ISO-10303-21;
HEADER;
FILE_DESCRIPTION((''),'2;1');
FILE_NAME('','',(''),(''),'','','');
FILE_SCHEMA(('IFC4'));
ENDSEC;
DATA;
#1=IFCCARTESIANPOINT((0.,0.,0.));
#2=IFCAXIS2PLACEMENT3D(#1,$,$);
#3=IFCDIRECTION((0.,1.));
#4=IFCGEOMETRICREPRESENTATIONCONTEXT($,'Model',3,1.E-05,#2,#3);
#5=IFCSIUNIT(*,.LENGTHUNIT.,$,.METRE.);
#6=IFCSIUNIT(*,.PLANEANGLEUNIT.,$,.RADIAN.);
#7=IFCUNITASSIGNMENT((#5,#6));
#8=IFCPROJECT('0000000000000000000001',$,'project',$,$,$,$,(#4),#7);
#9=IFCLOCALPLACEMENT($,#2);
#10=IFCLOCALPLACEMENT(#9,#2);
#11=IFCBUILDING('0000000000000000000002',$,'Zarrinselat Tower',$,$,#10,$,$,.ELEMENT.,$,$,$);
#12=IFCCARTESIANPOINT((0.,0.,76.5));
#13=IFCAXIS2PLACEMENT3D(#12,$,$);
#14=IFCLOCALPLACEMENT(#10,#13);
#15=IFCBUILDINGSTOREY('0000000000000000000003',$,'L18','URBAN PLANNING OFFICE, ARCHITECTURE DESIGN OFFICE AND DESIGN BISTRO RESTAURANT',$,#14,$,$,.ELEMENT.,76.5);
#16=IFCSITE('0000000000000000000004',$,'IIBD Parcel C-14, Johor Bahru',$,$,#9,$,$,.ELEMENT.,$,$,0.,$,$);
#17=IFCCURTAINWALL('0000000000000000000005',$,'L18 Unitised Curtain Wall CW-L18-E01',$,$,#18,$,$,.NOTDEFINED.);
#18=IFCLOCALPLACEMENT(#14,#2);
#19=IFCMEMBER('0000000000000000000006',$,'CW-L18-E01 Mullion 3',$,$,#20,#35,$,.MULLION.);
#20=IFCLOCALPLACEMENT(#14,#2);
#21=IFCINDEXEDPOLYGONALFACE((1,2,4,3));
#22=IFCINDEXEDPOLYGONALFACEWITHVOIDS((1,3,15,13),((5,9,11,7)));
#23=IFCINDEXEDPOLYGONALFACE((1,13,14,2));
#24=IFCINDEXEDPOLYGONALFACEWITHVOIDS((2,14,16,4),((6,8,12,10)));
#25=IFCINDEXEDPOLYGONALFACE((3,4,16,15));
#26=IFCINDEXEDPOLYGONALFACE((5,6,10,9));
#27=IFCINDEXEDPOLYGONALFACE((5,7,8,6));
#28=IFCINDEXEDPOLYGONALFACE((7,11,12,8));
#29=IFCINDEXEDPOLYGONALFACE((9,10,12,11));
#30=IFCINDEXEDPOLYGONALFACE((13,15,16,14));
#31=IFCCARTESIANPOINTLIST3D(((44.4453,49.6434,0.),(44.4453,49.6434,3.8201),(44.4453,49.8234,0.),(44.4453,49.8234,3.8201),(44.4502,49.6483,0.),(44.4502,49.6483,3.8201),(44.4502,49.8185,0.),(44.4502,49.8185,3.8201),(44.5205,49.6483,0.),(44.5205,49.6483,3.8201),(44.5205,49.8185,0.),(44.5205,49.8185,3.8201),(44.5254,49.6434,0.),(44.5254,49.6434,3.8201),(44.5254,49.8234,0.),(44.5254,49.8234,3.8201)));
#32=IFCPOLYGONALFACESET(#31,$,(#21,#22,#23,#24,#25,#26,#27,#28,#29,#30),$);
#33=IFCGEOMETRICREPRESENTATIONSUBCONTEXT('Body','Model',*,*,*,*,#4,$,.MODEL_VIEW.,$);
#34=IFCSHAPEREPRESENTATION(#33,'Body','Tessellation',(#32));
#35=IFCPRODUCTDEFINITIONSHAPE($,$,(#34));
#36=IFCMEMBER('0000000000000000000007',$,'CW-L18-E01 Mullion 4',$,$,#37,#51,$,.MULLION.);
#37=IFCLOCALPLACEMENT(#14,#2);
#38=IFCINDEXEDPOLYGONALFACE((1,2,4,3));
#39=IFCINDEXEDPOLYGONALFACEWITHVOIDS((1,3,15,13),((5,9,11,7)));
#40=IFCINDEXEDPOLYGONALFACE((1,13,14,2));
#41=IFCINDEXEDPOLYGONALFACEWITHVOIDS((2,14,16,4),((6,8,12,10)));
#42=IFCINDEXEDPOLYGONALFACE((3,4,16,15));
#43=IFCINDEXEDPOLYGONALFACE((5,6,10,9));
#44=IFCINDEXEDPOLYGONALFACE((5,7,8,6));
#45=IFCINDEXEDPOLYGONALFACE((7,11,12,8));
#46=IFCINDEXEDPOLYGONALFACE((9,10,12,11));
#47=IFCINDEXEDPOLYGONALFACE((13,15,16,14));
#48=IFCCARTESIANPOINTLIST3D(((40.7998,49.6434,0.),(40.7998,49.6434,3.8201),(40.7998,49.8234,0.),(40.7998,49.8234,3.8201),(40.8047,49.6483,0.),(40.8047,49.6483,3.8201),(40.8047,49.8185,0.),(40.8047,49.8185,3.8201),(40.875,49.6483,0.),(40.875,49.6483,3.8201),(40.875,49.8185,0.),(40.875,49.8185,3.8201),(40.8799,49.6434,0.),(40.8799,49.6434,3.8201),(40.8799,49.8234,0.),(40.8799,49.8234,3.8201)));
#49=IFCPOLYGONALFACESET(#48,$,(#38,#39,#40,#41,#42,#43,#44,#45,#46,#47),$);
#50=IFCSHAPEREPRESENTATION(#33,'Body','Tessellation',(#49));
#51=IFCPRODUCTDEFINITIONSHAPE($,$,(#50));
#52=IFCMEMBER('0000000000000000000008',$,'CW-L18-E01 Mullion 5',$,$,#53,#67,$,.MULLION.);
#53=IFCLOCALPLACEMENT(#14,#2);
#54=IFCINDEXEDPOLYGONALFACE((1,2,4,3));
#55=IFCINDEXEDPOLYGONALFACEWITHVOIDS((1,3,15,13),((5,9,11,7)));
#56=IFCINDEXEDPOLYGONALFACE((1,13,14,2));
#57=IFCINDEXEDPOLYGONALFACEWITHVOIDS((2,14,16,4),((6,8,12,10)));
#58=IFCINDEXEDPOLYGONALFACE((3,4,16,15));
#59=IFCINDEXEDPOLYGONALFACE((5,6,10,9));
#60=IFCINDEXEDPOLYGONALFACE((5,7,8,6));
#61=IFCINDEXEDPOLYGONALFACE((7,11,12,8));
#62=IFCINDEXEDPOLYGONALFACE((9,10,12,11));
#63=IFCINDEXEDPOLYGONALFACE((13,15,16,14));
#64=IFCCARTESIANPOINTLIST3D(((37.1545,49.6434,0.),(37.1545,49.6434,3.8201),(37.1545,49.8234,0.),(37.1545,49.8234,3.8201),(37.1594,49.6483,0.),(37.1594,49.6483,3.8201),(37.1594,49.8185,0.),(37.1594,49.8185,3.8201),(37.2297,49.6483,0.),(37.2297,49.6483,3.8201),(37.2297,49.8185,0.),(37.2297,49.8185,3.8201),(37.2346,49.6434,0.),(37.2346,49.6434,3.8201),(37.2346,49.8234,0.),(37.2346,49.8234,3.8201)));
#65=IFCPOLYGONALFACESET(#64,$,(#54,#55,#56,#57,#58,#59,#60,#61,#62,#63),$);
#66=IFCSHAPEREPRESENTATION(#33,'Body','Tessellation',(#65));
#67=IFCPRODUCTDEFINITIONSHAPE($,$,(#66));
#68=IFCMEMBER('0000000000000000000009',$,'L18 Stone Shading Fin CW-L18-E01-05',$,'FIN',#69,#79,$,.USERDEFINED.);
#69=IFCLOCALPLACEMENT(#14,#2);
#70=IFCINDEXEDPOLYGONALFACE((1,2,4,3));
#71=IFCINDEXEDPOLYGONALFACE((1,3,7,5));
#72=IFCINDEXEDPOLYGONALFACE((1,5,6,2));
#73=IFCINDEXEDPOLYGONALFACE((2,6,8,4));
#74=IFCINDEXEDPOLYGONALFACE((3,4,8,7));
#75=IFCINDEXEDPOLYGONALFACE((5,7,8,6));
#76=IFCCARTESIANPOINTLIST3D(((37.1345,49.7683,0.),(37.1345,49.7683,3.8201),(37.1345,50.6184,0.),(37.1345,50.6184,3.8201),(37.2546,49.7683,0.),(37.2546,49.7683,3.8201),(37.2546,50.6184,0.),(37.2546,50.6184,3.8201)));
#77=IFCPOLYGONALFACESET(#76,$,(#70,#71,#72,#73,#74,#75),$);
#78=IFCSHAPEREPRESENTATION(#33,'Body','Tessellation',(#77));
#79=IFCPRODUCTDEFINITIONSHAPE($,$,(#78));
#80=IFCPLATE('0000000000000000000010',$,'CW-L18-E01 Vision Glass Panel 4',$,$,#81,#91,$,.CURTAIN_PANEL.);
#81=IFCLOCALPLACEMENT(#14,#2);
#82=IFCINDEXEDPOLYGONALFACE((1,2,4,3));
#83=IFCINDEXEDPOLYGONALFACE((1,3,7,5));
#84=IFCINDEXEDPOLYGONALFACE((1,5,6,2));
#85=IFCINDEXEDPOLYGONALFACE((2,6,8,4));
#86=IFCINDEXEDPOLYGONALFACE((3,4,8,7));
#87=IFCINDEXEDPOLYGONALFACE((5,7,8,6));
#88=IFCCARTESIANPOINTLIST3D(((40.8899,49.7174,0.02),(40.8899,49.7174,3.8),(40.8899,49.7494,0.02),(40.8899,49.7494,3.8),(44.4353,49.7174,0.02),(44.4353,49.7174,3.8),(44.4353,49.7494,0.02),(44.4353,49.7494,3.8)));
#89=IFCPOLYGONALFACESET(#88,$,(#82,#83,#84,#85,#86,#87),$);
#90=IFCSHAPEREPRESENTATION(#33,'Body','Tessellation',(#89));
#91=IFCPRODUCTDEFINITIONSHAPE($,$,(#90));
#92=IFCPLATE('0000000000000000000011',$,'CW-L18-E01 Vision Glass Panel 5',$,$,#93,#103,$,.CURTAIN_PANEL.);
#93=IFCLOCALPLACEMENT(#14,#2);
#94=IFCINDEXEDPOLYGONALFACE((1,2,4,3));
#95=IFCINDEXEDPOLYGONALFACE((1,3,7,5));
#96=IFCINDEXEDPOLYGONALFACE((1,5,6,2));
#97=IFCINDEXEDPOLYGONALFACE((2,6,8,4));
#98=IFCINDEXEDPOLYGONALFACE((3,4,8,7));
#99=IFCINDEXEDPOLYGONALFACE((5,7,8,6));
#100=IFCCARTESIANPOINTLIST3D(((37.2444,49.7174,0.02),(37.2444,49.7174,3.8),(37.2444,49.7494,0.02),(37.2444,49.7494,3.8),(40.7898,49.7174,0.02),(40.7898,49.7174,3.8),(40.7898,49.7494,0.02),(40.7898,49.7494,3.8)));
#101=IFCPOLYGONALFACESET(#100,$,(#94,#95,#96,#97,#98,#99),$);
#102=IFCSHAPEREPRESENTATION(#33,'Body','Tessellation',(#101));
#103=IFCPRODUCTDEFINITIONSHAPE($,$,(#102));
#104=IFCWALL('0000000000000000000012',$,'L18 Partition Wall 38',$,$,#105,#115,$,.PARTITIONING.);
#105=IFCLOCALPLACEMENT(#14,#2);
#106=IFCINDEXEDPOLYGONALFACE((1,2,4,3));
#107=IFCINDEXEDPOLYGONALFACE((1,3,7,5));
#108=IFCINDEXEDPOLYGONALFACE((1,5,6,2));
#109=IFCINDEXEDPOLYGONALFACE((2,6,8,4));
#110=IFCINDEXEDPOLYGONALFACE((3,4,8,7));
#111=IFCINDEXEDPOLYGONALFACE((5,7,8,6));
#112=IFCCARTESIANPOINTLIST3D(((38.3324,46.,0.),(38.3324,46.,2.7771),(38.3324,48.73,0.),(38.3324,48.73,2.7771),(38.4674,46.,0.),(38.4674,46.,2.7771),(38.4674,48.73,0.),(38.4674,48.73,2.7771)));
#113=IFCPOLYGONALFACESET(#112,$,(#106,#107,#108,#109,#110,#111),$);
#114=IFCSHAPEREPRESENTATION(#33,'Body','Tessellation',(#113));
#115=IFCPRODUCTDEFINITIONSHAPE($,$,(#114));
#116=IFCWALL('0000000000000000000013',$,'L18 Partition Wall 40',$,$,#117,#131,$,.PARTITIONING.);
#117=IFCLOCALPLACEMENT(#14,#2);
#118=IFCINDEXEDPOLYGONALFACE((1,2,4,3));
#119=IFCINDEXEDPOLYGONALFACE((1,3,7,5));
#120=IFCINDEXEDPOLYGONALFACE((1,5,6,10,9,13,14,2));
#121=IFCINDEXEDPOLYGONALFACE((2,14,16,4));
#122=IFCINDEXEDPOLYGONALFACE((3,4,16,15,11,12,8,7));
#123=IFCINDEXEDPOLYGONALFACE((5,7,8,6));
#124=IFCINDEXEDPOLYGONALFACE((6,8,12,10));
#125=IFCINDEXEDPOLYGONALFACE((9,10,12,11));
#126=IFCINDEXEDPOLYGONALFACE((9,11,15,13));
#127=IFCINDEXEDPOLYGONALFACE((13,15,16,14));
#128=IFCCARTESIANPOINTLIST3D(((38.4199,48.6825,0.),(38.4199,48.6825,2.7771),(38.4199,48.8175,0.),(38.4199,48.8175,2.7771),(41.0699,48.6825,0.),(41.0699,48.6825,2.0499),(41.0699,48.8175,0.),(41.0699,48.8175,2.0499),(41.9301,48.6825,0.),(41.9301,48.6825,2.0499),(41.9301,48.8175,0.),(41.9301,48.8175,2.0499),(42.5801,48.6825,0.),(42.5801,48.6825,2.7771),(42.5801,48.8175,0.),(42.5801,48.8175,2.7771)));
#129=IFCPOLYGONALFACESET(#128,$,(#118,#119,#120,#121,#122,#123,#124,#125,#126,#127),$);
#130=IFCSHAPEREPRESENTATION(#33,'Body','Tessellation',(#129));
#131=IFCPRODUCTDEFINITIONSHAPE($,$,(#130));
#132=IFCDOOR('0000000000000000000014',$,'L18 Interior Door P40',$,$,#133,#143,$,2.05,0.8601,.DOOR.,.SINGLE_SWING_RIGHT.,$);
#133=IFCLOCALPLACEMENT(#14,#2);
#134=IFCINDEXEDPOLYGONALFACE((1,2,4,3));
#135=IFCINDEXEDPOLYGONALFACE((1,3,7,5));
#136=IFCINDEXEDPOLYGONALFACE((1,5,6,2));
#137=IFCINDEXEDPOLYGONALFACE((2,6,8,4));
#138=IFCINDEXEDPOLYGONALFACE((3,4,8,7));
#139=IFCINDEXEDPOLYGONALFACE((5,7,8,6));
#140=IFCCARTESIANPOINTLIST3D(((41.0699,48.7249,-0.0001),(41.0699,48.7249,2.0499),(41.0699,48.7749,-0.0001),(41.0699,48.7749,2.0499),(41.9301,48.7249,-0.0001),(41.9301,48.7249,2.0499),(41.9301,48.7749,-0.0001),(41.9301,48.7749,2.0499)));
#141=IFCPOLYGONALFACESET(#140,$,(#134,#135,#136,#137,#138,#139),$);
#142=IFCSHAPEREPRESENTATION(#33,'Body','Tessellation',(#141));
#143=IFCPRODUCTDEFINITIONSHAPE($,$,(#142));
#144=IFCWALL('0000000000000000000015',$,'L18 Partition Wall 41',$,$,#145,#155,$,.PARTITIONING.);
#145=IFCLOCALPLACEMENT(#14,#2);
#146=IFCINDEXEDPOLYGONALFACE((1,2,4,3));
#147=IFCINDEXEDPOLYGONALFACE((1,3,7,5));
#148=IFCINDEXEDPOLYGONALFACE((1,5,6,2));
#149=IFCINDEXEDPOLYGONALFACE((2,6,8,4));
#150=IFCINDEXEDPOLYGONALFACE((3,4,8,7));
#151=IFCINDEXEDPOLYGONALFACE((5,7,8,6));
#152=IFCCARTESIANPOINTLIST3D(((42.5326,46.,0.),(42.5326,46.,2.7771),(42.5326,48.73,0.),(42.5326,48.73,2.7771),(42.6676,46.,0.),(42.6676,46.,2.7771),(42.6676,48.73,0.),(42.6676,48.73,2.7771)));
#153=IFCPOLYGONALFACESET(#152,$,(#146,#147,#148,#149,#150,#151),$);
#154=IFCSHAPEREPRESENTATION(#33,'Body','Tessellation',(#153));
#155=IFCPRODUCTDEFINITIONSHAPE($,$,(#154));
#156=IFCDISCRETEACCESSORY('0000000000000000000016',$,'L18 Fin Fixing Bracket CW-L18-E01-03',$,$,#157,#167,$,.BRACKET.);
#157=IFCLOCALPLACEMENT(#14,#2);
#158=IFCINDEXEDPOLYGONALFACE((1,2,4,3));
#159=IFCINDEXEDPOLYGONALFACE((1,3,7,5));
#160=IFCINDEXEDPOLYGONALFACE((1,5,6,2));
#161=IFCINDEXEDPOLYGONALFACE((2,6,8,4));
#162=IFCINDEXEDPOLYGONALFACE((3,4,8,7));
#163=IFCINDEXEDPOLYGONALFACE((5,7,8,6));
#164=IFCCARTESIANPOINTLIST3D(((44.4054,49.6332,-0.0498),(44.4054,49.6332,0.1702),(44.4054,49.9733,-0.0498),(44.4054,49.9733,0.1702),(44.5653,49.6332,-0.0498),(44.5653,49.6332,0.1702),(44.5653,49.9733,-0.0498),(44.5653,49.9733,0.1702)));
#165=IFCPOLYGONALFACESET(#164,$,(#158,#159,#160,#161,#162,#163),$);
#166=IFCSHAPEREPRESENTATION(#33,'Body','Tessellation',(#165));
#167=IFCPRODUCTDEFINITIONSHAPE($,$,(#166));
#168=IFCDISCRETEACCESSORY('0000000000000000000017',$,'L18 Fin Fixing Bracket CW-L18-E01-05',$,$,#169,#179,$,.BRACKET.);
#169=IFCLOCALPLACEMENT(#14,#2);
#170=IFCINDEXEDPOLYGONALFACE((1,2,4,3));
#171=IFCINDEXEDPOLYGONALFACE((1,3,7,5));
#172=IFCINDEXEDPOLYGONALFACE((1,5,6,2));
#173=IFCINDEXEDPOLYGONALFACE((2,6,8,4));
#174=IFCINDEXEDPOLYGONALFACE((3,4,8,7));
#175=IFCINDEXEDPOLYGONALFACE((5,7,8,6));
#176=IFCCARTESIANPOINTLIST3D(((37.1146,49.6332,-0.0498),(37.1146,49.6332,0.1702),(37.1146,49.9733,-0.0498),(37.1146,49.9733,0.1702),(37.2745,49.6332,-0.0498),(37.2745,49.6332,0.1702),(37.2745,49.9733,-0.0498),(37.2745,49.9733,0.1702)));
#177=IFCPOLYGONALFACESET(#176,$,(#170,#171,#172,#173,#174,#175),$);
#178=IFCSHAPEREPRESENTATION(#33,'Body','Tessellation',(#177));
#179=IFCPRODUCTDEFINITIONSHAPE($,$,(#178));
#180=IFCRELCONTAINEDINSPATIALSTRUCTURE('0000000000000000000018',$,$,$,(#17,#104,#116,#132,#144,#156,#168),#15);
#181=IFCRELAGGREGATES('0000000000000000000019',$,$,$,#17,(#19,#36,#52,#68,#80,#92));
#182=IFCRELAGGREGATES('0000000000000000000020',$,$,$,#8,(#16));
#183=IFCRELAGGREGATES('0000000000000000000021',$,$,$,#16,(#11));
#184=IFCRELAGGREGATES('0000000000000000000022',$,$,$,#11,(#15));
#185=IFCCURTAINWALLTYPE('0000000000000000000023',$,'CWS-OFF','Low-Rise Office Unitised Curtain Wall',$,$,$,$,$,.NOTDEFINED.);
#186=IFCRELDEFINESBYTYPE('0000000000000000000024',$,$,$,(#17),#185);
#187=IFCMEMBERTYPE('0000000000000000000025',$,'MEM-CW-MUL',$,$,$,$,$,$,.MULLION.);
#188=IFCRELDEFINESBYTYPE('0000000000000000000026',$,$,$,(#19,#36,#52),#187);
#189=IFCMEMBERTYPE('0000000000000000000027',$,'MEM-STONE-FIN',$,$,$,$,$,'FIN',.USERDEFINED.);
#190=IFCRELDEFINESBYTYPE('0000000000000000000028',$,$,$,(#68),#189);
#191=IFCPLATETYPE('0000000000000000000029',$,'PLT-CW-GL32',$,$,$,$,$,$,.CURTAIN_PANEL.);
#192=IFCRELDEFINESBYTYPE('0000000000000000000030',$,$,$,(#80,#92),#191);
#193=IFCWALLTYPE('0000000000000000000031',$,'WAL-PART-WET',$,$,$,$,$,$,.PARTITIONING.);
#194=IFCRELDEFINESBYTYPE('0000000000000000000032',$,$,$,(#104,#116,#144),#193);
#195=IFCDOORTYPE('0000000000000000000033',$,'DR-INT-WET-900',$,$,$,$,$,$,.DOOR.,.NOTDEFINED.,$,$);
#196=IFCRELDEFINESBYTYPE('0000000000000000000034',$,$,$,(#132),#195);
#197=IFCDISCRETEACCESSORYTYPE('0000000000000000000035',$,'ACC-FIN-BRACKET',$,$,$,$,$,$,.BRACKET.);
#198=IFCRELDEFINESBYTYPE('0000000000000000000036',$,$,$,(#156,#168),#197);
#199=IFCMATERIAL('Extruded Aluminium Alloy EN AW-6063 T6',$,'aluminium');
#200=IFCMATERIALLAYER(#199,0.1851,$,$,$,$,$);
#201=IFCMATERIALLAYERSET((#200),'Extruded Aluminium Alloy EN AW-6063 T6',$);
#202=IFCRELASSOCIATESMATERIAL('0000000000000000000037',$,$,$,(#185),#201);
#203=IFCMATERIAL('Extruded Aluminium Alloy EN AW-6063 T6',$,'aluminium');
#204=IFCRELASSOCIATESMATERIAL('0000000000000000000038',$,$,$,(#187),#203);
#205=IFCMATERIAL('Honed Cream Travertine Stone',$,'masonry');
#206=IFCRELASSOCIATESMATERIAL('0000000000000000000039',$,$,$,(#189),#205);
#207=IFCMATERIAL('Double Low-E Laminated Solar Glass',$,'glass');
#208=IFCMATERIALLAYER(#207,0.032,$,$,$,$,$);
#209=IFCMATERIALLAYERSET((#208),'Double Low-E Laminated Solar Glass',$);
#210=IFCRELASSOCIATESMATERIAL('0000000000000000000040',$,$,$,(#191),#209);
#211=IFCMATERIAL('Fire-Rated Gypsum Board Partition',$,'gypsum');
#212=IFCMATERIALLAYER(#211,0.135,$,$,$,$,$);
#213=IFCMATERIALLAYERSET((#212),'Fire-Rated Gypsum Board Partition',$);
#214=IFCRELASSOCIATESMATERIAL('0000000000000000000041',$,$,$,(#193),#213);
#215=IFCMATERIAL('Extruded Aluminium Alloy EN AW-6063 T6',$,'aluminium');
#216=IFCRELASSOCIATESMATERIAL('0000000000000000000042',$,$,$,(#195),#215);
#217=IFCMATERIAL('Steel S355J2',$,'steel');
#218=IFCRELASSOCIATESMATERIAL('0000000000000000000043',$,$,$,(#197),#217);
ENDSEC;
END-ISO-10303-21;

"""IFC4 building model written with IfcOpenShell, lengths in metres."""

from ifc_helpers import new_model, si_unit, direction, frame, frame_2d, origin, origin_2d, place, context, subcontext, project, spatial, rectangle, hollow_rectangle, extrude, material, layer, layer_set, material_profile, profile_set, type_object, element, fill, aggregate, save


model = new_model("IFC4")

# Units and contexts
model_context = context("Model", 3, precision=1e-05, world=origin(), true_north=direction((0.0, 1.0)))
body_context = subcontext(model_context, "Body", "Model", "MODEL_VIEW")
ifc_project = project(units=[si_unit("LENGTHUNIT", "METRE"), si_unit("PLANEANGLEUNIT", "RADIAN")], contexts=[model_context])

# Site, building, storey
site_placement = place(None, origin())
site = spatial("IfcSite", under=ifc_project, at=site_placement, Name="IIBD Parcel C-14, Johor Bahru", CompositionType="ELEMENT", RefElevation=0.0)
building_placement = place(site_placement, origin())
building = spatial("IfcBuilding", under=site, at=building_placement, Name="Zarrinselat Tower", CompositionType="ELEMENT")
storey_placement = place(building_placement, frame((0.0, 0.0, 76.5)))
storey = spatial("IfcBuildingStorey", under=building, at=storey_placement, Name="L18", Description="URBAN PLANNING OFFICE, ARCHITECTURE DESIGN OFFICE AND DESIGN BISTRO RESTAURANT", CompositionType="ELEMENT", Elevation=76.5)

# Curtain wall, members, plates
ifc_material_1 = material(Name="Extruded Aluminium Alloy EN AW-6063 T6", Category="aluminium")
ifc_layer_1 = layer(ifc_material_1, 0.1851)
ifc_layer_set_1 = layer_set([ifc_layer_1], Name="Extruded Aluminium Alloy EN AW-6063 T6")
curtain_wall_type = type_object("IfcCurtainWallType", Name="CWS-OFF", Description="Low-Rise Office Unitised Curtain Wall", PredefinedType="NOTDEFINED", material=ifc_layer_set_1)
curtain_wall_placement = place(storey_placement, origin())
curtain_wall = element("IfcCurtainWall", 1, at=curtain_wall_placement, inside=storey, type_object=curtain_wall_type, Name="L18 Unitised Curtain Wall CW-L18-E01", PredefinedType="NOTDEFINED")
ifc_material_2 = material(Name="Extruded Aluminium Alloy EN AW-6063 T6", Category="aluminium")
ifc_material_profile_1 = material_profile(ifc_material_2, hollow_rectangle(XDim=0.0801, YDim=0.1799, WallThickness=0.0049, at=origin_2d()), Name="RHS 180x80x5")
ifc_profile_set_1 = profile_set([ifc_material_profile_1], Name="Extruded Aluminium Alloy EN AW-6063 T6")
member_type_1 = type_object("IfcMemberType", Name="MEM-CW-MUL", PredefinedType="MULLION", material=ifc_profile_set_1)
member_1_placement = place(storey_placement, frame((44.4854, 49.7334, 0.0), z_axis=(0.0, 0.0, 1.0), x_axis=(-1.0, 0.0, 0.0)))
member_1 = element("IfcMember", 2, at=member_1_placement, type_object=member_type_1, Name="CW-L18-E01 Mullion 3", PredefinedType="MULLION", context=body_context, shape_type="SweptSolid", body=[
    extrude(hollow_rectangle(XDim=0.0801, YDim=0.1799, WallThickness=0.0049, at=origin_2d()), origin(), (0.0, 0.0, 1.0), 3.8201),
])
member_2_placement = place(storey_placement, frame((40.8398, 49.7334, 0.0), z_axis=(0.0, 0.0, 1.0), x_axis=(-1.0, 0.0, 0.0)))
member_2 = element("IfcMember", 3, at=member_2_placement, type_object=member_type_1, Name="CW-L18-E01 Mullion 4", PredefinedType="MULLION", context=body_context, shape_type="SweptSolid", body=[
    extrude(hollow_rectangle(XDim=0.0801, YDim=0.1799, WallThickness=0.0049, at=origin_2d()), origin(), (0.0, 0.0, 1.0), 3.8201),
])
member_3_placement = place(storey_placement, frame((37.1946, 49.7334, 0.0), z_axis=(0.0, 0.0, 1.0), x_axis=(-1.0, 0.0, 0.0)))
member_3 = element("IfcMember", 4, at=member_3_placement, type_object=member_type_1, Name="CW-L18-E01 Mullion 5", PredefinedType="MULLION", context=body_context, shape_type="SweptSolid", body=[
    extrude(hollow_rectangle(XDim=0.0801, YDim=0.1799, WallThickness=0.0049, at=origin_2d()), origin(), (0.0, 0.0, 1.0), 3.8201),
])
ifc_material_3 = material(Name="Honed Cream Travertine Stone", Category="masonry")
ifc_material_profile_2 = material_profile(ifc_material_3, rectangle(XDim=0.1201, YDim=0.8501, at=origin_2d()), Name="FIN 850x120")
ifc_profile_set_2 = profile_set([ifc_material_profile_2], Name="Honed Cream Travertine Stone")
member_type_2 = type_object("IfcMemberType", Name="MEM-STONE-FIN", ElementType="FIN", PredefinedType="USERDEFINED", material=ifc_profile_set_2)
member_4_placement = place(storey_placement, frame((37.1946, 50.1934, 0.0), z_axis=(0.0, 0.0, 1.0), x_axis=(1.0, 0.0, 0.0)))
member_4 = element("IfcMember", 5, at=member_4_placement, type_object=member_type_2, Name="L18 Stone Shading Fin CW-L18-E01-05", ObjectType="FIN", PredefinedType="USERDEFINED", context=body_context, shape_type="SweptSolid", body=[
    extrude(rectangle(XDim=0.1201, YDim=0.8501, at=origin_2d()), origin(), (0.0, 0.0, 1.0), 3.8201),
])
ifc_material_4 = material(Name="Double Low-E Laminated Solar Glass", Category="glass")
ifc_layer_2 = layer(ifc_material_4, 0.032)
ifc_layer_set_2 = layer_set([ifc_layer_2], Name="Double Low-E Laminated Solar Glass")
plate_type = type_object("IfcPlateType", Name="PLT-CW-GL32", PredefinedType="CURTAIN_PANEL", material=ifc_layer_set_2)
plate_1_placement = place(storey_placement, frame((42.6626, 49.7334, 0.02), z_axis=(0.0, 0.0, 1.0), x_axis=(-1.0, 0.0, 0.0)))
plate_1 = element("IfcPlate", 6, at=plate_1_placement, type_object=plate_type, Name="CW-L18-E01 Vision Glass Panel 4", PredefinedType="CURTAIN_PANEL", context=body_context, shape_type="SweptSolid", body=[
    extrude(rectangle(XDim=3.5454, YDim=0.032, at=origin_2d()), origin(), (0.0, 0.0, 1.0), 3.78),
])
plate_2_placement = place(storey_placement, frame((39.0171, 49.7334, 0.02), z_axis=(0.0, 0.0, 1.0), x_axis=(-1.0, 0.0, 0.0)))
plate_2 = element("IfcPlate", 7, at=plate_2_placement, type_object=plate_type, Name="CW-L18-E01 Vision Glass Panel 5", PredefinedType="CURTAIN_PANEL", context=body_context, shape_type="SweptSolid", body=[
    extrude(rectangle(XDim=3.5454, YDim=0.032, at=origin_2d()), origin(), (0.0, 0.0, 1.0), 3.78),
])
aggregate(curtain_wall, [member_1, member_2, member_3, member_4, plate_1, plate_2])

# Wall
ifc_material_5 = material(Name="Fire-Rated Gypsum Board Partition", Category="gypsum")
ifc_layer_3 = layer(ifc_material_5, 0.135)
ifc_layer_set_3 = layer_set([ifc_layer_3], Name="Fire-Rated Gypsum Board Partition")
wall_type = type_object("IfcWallType", Name="WAL-PART-WET", PredefinedType="PARTITIONING", material=ifc_layer_set_3)
wall_1_placement = place(storey_placement, frame((38.3999, 46.0, 0.0), z_axis=(0.0, 0.0, 1.0), x_axis=(0.0, 1.0, 0.0)))
element("IfcWall", 8, at=wall_1_placement, inside=storey, type_object=wall_type, Name="L18 Partition Wall 38", PredefinedType="PARTITIONING", context=body_context, shape_type="SweptSolid", body=[
    extrude(rectangle(XDim=2.73, YDim=0.135, at=frame_2d((1.365, 0.0))), origin(), (0.0, 0.0, 1.0), 2.7771),
])

# Wall, opening, door
wall_2_placement = place(storey_placement, frame((38.4199, 48.75, 0.0), z_axis=(0.0, 0.0, 1.0), x_axis=(1.0, 0.0, 0.0)))
wall_2 = element("IfcWall", 9, at=wall_2_placement, inside=storey, type_object=wall_type, Name="L18 Partition Wall 40", PredefinedType="PARTITIONING", context=body_context, shape_type="SweptSolid", body=[
    extrude(rectangle(XDim=4.1602, YDim=0.135, at=frame_2d((2.0801, 0.0))), origin(), (0.0, 0.0, 1.0), 2.7771),
])
opening_placement = place(wall_2_placement, frame((2.6499, 0.0, 0.0)))
opening = element("IfcOpeningElement", 10, at=opening_placement, cuts=wall_2, PredefinedType="OPENING", context=body_context, shape_type="SweptSolid", body=[
    extrude(rectangle(XDim=0.8601, YDim=2.05, at=frame_2d((0.4302, 1.0249))), frame((0.0, 0.0774, 0.0), z_axis=(0.0, -1.0, 0.0), x_axis=(1.0, 0.0, 0.0)), (0.0, 0.0, 1.0), 0.155),
])
ifc_material_6 = material(Name="Extruded Aluminium Alloy EN AW-6063 T6", Category="aluminium")
door_type = type_object("IfcDoorType", Name="DR-INT-WET-900", OperationType="NOTDEFINED", PredefinedType="DOOR", material=ifc_material_6)
door_placement = place(opening_placement, origin())
door = element("IfcDoor", 11, at=door_placement, inside=storey, type_object=door_type, Name="L18 Interior Door P40", OperationType="SINGLE_SWING_RIGHT", OverallHeight=2.05, OverallWidth=0.8601, PredefinedType="DOOR", context=body_context, shape_type="SweptSolid", body=[
    extrude(rectangle(XDim=0.8601, YDim=2.05, at=frame_2d((0.4302, 1.0249))), frame((0.0, 0.0249, 0.0), z_axis=(0.0, -1.0, 0.0), x_axis=(1.0, 0.0, 0.0)), (0.0, 0.0, 1.0), 0.05),
])
fill(opening, door)

# Wall
wall_3_placement = place(storey_placement, frame((42.6001, 46.0, 0.0), z_axis=(0.0, 0.0, 1.0), x_axis=(0.0, 1.0, 0.0)))
element("IfcWall", 12, at=wall_3_placement, inside=storey, type_object=wall_type, Name="L18 Partition Wall 41", PredefinedType="PARTITIONING", context=body_context, shape_type="SweptSolid", body=[
    extrude(rectangle(XDim=2.73, YDim=0.135, at=frame_2d((1.365, 0.0))), origin(), (0.0, 0.0, 1.0), 2.7771),
])

# Discrete accessories
ifc_material_7 = material(Name="Steel S355J2", Category="steel")
discrete_accessory_type = type_object("IfcDiscreteAccessoryType", Name="ACC-FIN-BRACKET", PredefinedType="BRACKET", material=ifc_material_7)
for number, where, z_axis, x_axis, name in (
    (13, (44.4854, 49.8032, -0.0498), (0.0, 0.0, 1.0), (0.0, 1.0, 0.0), "L18 Fin Fixing Bracket CW-L18-E01-03"),
    (14, (37.1946, 49.8032, -0.0498), (0.0, 0.0, 1.0), (0.0, 1.0, 0.0), "L18 Fin Fixing Bracket CW-L18-E01-05"),
):
    element("IfcDiscreteAccessory", number, at=place(storey_placement, frame(where, z_axis=z_axis, x_axis=x_axis)), inside=storey, type_object=discrete_accessory_type, Name=name, PredefinedType="BRACKET", context=body_context, shape_type="SweptSolid", body=[
        extrude(rectangle(XDim=0.3401, YDim=0.1599, at=origin_2d()), origin(), (0.0, 0.0, 1.0), 0.22),
    ])

save(model, "model.ifc")
